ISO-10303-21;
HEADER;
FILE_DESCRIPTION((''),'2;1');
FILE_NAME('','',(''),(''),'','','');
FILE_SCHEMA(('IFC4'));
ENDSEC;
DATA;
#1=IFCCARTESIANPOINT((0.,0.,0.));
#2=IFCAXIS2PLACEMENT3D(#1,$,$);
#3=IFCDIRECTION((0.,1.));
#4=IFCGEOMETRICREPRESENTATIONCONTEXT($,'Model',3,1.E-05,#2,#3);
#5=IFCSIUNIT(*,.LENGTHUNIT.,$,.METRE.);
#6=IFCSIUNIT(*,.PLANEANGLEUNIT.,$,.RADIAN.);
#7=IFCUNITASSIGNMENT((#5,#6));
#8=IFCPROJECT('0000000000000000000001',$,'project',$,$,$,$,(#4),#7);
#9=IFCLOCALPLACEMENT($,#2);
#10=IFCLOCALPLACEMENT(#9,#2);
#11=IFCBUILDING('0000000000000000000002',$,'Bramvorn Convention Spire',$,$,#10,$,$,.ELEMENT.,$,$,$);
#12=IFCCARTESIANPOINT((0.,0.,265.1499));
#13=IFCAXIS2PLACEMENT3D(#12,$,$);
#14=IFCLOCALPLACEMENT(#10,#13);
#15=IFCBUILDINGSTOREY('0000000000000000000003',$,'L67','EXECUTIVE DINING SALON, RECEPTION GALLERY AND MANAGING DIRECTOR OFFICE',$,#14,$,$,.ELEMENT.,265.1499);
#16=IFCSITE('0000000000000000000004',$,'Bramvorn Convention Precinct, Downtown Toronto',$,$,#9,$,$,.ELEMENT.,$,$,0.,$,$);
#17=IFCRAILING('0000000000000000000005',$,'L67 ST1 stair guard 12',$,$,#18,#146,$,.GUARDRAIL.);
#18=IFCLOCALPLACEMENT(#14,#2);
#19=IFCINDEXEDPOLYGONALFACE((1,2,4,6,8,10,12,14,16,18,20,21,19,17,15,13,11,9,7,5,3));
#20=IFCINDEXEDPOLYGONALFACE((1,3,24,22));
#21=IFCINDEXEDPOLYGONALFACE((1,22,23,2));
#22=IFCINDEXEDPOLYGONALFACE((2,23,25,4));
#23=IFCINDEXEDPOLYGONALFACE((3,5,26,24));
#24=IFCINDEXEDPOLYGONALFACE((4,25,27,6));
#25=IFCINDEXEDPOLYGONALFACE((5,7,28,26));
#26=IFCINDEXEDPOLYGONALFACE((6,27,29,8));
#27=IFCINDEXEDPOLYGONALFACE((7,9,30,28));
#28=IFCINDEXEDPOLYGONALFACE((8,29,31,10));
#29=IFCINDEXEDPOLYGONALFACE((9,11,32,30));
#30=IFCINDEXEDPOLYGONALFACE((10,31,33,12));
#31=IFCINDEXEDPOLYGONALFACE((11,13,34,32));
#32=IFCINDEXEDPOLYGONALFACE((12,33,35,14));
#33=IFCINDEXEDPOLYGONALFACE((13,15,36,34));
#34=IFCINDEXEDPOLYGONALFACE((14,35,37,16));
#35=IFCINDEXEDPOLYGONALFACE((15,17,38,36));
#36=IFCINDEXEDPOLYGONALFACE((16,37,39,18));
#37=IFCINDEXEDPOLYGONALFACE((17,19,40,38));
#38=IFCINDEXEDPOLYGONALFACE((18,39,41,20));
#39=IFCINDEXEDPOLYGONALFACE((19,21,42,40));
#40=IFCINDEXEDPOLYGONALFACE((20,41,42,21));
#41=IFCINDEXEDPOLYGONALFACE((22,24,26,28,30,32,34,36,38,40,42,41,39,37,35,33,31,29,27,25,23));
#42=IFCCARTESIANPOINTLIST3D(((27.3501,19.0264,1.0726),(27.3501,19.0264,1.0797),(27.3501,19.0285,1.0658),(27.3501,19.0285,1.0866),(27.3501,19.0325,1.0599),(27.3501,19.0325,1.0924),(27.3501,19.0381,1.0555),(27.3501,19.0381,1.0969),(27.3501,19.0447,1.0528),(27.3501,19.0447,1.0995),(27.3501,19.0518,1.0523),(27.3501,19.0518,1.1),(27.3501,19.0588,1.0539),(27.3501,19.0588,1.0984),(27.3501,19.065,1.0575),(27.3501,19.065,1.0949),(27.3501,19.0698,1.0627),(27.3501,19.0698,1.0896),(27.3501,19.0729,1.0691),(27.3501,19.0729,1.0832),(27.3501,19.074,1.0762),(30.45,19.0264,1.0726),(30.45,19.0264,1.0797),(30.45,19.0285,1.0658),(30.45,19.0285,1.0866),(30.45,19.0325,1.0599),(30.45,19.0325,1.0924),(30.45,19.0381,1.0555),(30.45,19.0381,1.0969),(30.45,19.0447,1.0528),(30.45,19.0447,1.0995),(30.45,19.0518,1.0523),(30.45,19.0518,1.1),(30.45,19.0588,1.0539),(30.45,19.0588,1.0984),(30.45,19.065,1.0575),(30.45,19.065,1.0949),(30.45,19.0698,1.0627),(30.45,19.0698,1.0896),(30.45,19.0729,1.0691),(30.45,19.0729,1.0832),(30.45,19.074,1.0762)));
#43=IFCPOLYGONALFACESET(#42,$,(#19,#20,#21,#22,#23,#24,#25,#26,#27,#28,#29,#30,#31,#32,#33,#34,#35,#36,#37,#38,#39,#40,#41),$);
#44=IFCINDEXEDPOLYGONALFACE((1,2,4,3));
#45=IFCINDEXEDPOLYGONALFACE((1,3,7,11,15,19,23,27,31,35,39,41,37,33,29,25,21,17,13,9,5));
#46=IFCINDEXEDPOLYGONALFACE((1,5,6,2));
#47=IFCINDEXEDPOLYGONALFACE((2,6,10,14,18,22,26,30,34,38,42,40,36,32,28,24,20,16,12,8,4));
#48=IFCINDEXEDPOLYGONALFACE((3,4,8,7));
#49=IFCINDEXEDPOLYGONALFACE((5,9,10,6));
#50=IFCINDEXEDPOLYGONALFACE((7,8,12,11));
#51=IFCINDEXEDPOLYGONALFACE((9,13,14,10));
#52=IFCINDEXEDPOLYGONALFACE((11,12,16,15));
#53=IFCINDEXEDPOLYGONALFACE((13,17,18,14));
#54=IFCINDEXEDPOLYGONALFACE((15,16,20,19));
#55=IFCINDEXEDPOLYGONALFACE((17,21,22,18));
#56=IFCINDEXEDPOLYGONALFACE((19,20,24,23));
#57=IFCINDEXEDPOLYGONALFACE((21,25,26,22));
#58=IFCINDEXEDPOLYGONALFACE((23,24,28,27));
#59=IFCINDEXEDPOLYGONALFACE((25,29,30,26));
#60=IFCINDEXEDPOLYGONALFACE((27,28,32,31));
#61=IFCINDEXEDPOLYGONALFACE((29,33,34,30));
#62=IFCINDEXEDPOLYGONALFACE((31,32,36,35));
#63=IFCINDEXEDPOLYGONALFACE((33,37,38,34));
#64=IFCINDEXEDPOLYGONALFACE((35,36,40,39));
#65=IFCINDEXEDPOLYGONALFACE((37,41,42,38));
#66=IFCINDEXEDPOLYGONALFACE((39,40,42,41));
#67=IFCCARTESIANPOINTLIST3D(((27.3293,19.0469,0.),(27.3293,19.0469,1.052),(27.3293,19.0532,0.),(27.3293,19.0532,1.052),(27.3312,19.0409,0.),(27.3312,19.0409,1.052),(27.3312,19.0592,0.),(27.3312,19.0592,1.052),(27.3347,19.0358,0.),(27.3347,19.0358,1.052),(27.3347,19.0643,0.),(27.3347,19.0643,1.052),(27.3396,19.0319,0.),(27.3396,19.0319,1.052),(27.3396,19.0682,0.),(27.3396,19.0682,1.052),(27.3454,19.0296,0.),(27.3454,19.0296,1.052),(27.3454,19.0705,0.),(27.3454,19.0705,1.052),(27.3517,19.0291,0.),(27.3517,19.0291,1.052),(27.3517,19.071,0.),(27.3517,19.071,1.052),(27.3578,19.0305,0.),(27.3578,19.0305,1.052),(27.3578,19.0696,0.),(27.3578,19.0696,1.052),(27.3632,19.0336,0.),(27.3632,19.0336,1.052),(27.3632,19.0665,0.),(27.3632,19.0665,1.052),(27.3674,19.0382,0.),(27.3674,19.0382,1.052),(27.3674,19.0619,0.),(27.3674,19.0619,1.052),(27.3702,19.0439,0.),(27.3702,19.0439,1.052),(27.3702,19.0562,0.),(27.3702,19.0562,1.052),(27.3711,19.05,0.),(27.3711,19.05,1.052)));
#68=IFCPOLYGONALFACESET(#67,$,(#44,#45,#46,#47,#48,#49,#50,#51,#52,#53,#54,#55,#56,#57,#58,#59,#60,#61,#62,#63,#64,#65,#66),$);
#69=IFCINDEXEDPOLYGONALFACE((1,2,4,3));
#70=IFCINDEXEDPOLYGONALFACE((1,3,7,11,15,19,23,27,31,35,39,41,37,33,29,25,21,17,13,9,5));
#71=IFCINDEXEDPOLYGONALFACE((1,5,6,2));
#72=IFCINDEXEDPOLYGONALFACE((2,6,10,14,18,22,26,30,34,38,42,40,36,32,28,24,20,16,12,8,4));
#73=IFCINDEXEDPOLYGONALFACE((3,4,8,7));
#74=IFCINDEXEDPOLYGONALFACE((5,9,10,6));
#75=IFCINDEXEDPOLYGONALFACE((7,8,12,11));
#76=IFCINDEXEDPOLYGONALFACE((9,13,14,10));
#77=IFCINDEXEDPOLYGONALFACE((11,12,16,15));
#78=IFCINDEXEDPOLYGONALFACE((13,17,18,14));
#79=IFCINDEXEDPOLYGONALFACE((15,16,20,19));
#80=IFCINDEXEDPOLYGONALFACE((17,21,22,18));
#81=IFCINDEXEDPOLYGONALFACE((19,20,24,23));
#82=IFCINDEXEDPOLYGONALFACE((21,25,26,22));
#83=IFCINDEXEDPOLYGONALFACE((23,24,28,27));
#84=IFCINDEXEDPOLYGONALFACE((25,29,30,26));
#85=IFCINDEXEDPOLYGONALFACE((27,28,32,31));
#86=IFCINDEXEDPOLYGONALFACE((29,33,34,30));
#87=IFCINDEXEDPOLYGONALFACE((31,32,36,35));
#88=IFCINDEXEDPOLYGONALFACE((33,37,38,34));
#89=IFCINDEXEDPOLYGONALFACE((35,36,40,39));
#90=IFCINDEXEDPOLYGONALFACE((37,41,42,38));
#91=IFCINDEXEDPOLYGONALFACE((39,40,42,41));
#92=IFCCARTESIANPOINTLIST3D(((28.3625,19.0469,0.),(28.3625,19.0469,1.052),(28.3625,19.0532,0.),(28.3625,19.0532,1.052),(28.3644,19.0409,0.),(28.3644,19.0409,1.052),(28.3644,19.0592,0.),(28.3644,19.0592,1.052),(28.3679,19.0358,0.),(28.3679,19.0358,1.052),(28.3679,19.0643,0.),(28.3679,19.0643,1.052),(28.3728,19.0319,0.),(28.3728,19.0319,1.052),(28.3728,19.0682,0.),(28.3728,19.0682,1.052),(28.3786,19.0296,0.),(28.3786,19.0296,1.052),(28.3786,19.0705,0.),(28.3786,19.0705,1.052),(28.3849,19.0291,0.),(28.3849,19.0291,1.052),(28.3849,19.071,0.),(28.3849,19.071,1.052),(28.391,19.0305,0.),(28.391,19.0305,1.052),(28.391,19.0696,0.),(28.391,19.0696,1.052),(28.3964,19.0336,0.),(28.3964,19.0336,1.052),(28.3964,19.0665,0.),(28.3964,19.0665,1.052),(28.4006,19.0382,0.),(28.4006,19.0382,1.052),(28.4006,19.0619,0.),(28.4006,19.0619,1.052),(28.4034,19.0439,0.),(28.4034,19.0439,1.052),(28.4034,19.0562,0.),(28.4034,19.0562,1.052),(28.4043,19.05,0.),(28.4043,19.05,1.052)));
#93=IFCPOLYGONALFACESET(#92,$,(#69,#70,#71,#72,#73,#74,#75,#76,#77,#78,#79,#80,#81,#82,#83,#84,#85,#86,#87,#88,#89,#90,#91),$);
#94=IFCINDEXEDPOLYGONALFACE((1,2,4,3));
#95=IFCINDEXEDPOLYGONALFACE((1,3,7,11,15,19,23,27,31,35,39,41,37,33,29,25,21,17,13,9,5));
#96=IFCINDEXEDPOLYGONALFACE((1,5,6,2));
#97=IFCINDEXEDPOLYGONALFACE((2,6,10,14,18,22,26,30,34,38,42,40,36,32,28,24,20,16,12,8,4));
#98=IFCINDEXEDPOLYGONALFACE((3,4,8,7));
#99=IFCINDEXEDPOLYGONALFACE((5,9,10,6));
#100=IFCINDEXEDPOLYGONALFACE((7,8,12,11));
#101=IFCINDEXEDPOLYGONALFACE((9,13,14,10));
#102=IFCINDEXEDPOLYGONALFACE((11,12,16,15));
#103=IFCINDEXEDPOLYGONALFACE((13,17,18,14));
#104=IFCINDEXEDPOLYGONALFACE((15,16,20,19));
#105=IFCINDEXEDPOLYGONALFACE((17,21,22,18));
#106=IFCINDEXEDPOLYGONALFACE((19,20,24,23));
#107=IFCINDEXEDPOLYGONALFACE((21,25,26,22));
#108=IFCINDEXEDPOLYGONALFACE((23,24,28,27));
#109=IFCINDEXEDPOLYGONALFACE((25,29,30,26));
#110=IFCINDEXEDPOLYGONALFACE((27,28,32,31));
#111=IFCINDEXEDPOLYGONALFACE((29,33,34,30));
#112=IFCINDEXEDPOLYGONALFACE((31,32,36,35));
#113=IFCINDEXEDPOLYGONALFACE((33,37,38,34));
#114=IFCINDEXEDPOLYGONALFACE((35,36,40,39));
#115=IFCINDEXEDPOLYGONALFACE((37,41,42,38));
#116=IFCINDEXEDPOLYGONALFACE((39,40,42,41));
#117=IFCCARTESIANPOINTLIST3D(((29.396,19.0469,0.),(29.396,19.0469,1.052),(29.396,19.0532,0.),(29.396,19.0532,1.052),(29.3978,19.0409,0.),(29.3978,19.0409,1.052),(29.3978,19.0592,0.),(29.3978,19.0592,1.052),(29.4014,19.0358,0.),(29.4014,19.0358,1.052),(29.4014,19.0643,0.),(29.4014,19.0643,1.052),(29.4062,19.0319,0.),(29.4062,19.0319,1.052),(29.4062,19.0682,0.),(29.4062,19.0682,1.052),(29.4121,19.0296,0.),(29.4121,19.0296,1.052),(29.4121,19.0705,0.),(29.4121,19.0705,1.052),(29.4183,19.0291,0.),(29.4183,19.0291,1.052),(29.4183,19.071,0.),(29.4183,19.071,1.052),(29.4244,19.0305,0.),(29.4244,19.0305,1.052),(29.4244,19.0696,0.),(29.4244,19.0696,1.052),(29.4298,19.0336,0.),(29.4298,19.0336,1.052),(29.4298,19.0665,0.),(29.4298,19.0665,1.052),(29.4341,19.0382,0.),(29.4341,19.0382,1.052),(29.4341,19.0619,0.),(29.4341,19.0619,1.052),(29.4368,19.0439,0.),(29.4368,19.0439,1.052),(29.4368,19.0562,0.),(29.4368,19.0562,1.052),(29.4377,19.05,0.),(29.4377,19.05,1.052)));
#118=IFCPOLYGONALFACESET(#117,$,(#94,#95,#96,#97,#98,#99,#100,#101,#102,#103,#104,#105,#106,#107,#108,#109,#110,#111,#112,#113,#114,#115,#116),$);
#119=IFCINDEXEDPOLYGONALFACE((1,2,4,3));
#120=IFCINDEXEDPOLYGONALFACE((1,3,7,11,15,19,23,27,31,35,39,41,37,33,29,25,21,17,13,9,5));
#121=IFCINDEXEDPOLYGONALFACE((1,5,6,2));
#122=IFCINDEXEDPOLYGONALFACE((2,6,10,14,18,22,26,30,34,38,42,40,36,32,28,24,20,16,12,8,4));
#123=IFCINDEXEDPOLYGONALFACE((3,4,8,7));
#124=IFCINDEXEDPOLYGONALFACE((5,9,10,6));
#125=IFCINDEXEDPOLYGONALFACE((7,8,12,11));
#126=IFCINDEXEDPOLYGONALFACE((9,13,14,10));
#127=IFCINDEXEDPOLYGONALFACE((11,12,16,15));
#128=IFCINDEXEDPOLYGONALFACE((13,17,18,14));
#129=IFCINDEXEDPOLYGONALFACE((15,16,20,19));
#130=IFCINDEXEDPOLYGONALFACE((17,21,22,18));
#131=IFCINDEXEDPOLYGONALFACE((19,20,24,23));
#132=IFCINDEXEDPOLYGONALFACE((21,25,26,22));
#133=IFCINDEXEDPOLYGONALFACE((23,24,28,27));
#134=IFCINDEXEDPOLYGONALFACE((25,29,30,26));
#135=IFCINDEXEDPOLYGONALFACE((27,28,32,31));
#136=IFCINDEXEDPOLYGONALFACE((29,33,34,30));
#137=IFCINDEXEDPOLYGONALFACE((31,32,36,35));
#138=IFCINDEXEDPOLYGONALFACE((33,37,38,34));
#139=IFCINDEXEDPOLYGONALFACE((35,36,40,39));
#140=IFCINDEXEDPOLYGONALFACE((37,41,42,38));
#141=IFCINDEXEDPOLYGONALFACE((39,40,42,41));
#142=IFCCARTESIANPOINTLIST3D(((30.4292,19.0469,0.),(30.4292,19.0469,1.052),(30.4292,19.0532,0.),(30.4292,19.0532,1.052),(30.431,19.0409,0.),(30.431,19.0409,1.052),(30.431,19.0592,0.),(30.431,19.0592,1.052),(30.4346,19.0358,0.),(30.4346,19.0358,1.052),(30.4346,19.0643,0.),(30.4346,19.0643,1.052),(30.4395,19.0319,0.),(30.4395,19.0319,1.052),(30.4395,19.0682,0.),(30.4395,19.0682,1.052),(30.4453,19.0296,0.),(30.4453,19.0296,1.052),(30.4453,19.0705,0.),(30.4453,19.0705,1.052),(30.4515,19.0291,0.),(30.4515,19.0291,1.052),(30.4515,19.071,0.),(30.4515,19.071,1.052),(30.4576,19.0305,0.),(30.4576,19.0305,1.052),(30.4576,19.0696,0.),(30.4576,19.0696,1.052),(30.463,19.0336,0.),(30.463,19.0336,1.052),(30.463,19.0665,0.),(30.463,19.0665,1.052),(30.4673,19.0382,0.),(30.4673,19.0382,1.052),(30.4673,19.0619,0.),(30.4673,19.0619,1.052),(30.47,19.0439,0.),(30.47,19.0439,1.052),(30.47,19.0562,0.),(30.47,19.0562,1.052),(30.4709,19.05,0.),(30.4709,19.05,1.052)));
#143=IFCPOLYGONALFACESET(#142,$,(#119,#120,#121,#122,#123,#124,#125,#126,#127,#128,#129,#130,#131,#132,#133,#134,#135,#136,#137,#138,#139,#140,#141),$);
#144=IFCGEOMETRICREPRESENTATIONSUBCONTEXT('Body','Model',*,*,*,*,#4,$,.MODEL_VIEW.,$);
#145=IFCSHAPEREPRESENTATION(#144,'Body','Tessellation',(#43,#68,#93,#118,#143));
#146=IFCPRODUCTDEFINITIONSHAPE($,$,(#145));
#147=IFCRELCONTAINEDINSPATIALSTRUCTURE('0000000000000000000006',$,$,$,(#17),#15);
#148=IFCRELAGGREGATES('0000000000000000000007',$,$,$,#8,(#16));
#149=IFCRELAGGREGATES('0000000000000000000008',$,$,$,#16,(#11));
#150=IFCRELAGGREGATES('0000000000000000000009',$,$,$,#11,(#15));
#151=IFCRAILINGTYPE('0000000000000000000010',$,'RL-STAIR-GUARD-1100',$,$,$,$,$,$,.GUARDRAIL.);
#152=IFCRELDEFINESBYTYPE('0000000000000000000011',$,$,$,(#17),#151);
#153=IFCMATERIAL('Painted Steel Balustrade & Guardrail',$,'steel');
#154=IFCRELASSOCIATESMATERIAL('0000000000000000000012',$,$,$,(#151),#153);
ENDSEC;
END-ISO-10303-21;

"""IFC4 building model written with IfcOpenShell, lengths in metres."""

from ifc_helpers import new_model, si_unit, direction, frame, origin, origin_2d, place, context, subcontext, project, spatial, circle, extrude, material, type_object, element, save


model = new_model("IFC4")

# Units and contexts
model_context = context("Model", 3, precision=1e-05, world=origin(), true_north=direction((0.0, 1.0)))
body_context = subcontext(model_context, "Body", "Model", "MODEL_VIEW")
ifc_project = project(units=[si_unit("LENGTHUNIT", "METRE"), si_unit("PLANEANGLEUNIT", "RADIAN")], contexts=[model_context])

# Site, building, storey
site_placement = place(None, origin())
site = spatial("IfcSite", under=ifc_project, at=site_placement, Name="Bramvorn Convention Precinct, Downtown Toronto", CompositionType="ELEMENT", RefElevation=0.0)
building_placement = place(site_placement, origin())
building = spatial("IfcBuilding", under=site, at=building_placement, Name="Bramvorn Convention Spire", CompositionType="ELEMENT")
storey_placement = place(building_placement, frame((0.0, 0.0, 265.1499)))
storey = spatial("IfcBuildingStorey", under=building, at=storey_placement, Name="L67", Description="EXECUTIVE DINING SALON, RECEPTION GALLERY AND MANAGING DIRECTOR OFFICE", CompositionType="ELEMENT", Elevation=265.1499)

# Railing
ifc_material_1 = material(Name="Painted Steel Balustrade & Guardrail", Category="steel")
railing_type = type_object("IfcRailingType", Name="RL-STAIR-GUARD-1100", PredefinedType="GUARDRAIL", material=ifc_material_1)
railing_placement = place(storey_placement, frame((27.3501, 19.05, 0.0)))
element("IfcRailing", 1, at=railing_placement, inside=storey, type_object=railing_type, Name="L67 ST1 stair guard 12", PredefinedType="GUARDRAIL", context=body_context, shape_type="SweptSolid", body=[
    extrude(circle(Radius=0.0239, at=origin_2d()), frame((0.0, 0.0, 1.0762), z_axis=(1.0, 0.0, 0.0), x_axis=(0.0, 1.0, 0.0)), (0.0, 0.0, 1.0), 3.0999),
    extrude(circle(Radius=0.021, at=origin_2d()), origin(), (0.0, 0.0, 1.0), 1.052),
    extrude(circle(Radius=0.021, at=origin_2d()), frame((1.0332, 0.0, 0.0)), (0.0, 0.0, 1.0), 1.052),
    extrude(circle(Radius=0.021, at=origin_2d()), frame((2.0667, 0.0, 0.0)), (0.0, 0.0, 1.0), 1.052),
    extrude(circle(Radius=0.021, at=origin_2d()), frame((3.0999, 0.0, 0.0)), (0.0, 0.0, 1.0), 1.052),
])

save(model, "model.ifc")
